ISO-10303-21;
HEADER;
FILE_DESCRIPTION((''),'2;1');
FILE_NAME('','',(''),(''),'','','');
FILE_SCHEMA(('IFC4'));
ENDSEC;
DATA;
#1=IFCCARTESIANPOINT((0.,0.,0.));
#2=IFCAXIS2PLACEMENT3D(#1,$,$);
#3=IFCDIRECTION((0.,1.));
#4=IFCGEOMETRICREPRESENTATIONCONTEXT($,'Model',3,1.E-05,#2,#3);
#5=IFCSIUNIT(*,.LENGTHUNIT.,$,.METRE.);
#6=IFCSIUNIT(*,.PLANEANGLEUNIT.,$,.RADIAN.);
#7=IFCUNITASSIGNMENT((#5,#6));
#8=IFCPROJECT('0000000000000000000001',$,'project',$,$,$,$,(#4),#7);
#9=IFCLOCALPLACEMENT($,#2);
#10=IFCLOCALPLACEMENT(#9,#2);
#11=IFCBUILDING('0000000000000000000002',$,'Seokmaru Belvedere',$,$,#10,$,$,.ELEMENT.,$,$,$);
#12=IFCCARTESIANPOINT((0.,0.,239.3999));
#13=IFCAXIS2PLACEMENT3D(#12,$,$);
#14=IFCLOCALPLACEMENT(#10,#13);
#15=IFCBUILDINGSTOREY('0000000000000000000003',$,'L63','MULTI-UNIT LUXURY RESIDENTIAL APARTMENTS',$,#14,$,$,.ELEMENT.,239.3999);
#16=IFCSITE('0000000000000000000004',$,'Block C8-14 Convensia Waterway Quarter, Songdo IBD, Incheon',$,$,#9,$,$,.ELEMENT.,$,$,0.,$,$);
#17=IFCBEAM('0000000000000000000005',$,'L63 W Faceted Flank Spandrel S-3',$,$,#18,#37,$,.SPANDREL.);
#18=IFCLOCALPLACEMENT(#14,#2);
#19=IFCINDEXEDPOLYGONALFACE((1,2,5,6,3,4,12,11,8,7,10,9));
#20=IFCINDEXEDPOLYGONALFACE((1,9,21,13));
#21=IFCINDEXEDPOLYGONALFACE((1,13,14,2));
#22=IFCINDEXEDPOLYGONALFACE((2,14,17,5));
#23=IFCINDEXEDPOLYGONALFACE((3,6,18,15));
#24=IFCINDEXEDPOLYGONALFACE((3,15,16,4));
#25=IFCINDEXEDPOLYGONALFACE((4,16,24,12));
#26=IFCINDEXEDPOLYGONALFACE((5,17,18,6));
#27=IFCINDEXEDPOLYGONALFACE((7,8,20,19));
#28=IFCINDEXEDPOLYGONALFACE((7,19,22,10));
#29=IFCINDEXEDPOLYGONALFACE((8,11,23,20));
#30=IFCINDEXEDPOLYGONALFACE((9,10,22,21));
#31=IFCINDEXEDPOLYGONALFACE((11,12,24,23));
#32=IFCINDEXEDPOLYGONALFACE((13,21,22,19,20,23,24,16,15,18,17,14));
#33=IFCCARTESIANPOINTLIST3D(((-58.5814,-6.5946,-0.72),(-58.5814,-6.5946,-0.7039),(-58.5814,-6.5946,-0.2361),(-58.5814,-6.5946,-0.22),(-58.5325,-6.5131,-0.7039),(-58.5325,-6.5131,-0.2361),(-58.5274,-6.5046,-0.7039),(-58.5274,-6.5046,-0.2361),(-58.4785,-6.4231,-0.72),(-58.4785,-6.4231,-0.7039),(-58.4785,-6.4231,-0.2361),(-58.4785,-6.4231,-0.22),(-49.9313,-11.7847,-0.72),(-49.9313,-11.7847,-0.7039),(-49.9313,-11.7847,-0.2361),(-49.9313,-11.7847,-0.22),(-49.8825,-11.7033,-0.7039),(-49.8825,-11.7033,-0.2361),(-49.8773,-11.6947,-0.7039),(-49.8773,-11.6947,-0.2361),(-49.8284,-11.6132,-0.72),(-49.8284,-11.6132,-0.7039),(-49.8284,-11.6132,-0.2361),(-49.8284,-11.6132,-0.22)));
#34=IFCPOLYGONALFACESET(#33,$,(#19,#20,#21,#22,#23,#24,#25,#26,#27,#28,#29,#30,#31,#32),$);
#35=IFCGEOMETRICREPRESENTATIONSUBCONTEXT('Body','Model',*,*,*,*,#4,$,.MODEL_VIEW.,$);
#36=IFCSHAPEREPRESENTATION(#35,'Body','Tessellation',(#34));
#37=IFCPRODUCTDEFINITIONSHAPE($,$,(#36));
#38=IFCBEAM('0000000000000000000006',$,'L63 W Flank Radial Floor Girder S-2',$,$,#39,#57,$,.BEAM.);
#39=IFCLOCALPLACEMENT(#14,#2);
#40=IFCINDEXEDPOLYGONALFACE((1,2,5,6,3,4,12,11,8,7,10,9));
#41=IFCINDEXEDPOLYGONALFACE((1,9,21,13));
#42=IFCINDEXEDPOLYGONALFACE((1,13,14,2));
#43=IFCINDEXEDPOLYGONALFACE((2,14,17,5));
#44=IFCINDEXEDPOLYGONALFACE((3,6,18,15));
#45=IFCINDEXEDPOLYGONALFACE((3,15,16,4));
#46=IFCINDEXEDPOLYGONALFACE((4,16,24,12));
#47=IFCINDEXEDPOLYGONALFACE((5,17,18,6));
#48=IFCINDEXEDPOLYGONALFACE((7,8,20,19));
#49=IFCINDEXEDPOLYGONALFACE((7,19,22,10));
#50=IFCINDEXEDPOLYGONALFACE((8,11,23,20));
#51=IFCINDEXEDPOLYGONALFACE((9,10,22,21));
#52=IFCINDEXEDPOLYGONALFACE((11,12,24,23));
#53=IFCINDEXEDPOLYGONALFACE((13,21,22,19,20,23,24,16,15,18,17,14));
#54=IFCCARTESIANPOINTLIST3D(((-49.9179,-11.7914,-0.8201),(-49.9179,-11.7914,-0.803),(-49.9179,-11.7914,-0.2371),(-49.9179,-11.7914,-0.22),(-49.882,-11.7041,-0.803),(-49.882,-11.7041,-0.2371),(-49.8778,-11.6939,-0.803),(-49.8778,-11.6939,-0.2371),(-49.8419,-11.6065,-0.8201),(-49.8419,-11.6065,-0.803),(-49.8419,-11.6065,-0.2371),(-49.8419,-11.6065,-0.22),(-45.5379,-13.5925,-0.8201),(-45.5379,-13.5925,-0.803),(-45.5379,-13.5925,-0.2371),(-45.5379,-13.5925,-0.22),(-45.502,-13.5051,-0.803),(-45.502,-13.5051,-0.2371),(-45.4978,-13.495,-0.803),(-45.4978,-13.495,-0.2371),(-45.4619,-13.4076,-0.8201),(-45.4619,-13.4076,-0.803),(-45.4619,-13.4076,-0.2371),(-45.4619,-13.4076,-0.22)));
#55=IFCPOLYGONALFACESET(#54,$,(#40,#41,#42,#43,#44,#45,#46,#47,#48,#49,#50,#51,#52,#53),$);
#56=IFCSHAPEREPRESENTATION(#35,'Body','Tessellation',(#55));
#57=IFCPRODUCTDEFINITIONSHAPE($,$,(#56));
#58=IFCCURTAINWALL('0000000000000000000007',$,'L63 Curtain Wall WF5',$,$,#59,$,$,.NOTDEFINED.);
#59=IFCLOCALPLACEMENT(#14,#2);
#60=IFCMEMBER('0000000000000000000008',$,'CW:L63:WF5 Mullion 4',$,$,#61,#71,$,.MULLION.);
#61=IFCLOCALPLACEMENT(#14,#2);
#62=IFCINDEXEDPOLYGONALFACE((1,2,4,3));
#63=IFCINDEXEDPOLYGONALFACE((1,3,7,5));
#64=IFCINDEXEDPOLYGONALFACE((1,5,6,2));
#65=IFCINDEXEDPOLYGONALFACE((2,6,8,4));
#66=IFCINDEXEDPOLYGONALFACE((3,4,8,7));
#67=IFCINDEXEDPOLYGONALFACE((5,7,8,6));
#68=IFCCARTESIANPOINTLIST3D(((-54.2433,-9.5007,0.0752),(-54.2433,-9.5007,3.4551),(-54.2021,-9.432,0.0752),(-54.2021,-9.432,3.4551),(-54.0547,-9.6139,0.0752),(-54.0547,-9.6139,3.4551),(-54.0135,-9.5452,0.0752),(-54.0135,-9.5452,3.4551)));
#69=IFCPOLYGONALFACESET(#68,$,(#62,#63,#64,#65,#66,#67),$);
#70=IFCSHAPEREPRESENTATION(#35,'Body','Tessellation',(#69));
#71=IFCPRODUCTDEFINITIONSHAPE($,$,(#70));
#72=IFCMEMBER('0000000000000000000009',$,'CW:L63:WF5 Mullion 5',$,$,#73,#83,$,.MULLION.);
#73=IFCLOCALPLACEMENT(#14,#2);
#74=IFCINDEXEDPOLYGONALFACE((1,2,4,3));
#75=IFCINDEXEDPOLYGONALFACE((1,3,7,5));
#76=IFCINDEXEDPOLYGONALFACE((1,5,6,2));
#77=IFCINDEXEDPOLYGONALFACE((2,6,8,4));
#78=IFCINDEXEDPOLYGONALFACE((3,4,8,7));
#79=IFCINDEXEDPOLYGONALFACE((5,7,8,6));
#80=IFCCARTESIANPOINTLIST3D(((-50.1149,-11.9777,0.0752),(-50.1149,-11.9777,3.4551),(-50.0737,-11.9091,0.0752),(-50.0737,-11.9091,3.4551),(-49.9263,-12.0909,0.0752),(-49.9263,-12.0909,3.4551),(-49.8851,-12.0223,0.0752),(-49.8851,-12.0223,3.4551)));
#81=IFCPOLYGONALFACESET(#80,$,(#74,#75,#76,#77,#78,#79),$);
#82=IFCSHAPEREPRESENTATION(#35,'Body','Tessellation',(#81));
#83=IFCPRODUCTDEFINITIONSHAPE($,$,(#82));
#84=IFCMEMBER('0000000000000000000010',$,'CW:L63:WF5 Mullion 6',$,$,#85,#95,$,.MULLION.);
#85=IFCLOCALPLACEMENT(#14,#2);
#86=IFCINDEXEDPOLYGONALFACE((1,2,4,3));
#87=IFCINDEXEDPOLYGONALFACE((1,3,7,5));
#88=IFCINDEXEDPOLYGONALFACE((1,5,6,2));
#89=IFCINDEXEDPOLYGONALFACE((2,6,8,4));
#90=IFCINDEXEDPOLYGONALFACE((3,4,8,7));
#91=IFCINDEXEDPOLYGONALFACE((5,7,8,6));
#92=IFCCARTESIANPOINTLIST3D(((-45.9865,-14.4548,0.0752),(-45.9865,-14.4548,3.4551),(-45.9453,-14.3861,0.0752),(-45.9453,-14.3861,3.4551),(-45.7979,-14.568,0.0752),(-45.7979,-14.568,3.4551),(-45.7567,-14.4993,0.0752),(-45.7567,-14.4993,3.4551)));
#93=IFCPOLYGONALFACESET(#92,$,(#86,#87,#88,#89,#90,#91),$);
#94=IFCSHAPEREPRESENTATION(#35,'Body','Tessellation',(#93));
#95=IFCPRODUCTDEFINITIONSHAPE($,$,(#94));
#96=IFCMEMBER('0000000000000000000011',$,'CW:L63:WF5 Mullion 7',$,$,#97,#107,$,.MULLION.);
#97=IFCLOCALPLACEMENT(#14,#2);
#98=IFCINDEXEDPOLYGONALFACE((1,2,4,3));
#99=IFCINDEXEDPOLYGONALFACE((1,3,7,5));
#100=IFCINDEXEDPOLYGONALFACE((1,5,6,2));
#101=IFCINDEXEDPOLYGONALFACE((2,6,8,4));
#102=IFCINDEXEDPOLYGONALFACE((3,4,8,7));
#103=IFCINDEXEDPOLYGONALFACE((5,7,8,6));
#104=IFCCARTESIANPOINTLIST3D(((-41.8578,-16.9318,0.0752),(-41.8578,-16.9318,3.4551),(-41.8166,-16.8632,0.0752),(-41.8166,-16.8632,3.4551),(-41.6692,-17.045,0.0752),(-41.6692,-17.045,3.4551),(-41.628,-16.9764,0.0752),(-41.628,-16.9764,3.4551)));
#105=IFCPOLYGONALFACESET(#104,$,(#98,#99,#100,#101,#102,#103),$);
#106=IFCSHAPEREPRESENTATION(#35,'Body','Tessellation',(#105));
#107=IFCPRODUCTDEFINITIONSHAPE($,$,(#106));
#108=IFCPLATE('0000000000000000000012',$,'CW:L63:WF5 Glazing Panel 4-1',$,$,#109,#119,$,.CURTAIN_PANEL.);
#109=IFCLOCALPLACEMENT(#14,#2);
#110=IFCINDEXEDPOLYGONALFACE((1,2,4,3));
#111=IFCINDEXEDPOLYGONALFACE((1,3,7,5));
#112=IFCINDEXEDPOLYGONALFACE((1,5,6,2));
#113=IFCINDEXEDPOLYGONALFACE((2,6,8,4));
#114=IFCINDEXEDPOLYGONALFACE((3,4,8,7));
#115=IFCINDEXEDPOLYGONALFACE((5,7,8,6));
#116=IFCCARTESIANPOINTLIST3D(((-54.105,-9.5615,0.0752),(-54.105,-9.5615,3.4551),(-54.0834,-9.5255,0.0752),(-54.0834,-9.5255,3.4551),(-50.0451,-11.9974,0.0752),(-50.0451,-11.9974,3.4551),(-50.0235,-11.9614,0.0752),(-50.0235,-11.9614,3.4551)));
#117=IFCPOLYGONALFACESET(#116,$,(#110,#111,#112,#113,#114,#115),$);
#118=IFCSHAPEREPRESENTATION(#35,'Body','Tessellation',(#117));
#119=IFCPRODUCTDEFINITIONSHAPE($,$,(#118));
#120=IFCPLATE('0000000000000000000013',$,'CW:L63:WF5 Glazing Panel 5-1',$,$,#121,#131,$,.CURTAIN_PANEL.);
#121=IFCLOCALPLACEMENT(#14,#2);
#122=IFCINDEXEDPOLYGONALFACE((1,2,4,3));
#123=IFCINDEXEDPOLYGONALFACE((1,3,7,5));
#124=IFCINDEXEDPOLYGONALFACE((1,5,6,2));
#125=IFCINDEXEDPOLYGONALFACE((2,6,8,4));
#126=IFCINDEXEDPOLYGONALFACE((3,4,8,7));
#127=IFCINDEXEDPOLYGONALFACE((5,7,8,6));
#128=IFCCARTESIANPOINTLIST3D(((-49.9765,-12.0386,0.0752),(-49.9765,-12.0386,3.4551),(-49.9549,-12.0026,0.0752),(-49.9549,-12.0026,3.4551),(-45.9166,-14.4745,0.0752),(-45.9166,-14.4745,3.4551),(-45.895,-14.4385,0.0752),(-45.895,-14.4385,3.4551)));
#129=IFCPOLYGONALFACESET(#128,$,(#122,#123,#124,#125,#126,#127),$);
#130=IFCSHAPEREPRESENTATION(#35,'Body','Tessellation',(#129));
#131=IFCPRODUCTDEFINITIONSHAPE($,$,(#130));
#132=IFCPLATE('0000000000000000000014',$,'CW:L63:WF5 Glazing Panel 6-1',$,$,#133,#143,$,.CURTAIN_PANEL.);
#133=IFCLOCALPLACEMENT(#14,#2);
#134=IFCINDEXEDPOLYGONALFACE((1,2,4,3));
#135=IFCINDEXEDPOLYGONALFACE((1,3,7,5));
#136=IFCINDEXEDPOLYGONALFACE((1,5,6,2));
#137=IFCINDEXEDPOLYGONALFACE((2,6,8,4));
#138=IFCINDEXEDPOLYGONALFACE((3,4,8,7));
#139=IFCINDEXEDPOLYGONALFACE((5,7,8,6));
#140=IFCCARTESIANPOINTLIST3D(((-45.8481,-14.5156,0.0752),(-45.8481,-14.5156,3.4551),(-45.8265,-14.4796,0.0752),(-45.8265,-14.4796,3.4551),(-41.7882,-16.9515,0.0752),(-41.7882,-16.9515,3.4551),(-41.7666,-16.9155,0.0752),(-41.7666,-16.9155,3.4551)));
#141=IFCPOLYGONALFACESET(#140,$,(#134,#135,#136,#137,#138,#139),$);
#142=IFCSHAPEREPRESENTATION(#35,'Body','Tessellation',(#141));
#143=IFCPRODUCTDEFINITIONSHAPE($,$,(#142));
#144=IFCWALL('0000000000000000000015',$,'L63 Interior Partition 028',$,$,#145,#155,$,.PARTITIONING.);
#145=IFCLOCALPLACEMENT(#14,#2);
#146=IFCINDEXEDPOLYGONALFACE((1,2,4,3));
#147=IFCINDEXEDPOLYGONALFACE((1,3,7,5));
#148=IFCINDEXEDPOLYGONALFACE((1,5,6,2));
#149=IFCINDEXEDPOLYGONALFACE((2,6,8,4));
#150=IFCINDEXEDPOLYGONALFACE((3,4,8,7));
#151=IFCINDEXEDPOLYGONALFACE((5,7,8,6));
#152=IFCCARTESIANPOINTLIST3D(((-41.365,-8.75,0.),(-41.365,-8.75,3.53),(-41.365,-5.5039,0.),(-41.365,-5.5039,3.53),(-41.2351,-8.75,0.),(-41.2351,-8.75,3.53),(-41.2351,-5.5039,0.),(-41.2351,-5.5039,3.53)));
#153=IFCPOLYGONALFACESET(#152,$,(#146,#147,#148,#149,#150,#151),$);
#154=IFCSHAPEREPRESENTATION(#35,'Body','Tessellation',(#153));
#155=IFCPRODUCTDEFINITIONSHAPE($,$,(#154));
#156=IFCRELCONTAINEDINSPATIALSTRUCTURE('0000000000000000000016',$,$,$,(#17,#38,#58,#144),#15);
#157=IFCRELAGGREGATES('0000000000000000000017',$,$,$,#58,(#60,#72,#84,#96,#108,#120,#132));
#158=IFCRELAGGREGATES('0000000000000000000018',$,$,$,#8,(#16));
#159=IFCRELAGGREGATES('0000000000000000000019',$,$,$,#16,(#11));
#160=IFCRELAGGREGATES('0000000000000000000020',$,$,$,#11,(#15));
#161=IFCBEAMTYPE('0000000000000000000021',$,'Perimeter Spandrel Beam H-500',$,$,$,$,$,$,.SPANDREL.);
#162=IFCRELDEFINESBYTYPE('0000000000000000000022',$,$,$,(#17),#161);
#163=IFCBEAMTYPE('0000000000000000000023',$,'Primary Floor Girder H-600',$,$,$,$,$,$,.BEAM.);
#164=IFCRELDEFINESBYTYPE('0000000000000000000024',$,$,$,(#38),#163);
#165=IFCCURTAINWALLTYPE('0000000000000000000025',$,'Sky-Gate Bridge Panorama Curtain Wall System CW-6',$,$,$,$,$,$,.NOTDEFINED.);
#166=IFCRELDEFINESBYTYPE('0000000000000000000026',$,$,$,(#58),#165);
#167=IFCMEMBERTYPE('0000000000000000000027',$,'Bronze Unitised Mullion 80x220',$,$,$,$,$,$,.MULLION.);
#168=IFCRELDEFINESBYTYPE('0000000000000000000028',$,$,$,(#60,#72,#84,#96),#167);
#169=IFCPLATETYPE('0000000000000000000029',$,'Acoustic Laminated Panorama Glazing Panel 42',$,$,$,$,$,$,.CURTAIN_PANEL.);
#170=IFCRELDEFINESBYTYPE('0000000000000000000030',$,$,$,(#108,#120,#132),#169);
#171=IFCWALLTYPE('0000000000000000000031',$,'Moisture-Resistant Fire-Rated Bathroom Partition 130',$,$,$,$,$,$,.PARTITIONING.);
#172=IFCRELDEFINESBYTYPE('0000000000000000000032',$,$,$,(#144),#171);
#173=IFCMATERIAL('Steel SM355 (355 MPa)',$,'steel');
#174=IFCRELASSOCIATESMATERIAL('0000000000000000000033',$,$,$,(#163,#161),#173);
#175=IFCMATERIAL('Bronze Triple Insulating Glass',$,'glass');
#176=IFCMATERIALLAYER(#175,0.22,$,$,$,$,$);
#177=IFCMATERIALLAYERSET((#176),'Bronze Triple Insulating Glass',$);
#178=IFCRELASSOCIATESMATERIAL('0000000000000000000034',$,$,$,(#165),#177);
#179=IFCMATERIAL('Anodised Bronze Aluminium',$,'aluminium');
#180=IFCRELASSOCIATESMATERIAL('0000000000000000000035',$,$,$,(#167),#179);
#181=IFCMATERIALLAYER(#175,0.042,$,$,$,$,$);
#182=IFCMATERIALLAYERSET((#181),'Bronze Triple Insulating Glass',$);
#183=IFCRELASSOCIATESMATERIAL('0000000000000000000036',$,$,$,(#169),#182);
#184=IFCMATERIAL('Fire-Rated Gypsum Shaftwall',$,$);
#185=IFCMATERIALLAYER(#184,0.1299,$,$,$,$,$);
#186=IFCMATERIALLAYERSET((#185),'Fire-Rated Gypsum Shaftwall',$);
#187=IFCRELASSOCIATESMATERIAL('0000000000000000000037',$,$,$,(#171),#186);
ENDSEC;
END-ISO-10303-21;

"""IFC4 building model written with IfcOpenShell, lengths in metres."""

from ifc_helpers import new_model, si_unit, direction, frame, frame_2d, origin, origin_2d, place, context, subcontext, project, spatial, rectangle, i_section, extrude, source, transform, mapped, material, layer, layer_set, material_profile, profile_set, type_object, type_shapes, element, aggregate, save


model = new_model("IFC4")

# Units and contexts
model_context = context("Model", 3, precision=1e-05, world=origin(), true_north=direction((0.0, 1.0)))
body_context = subcontext(model_context, "Body", "Model", "MODEL_VIEW")
ifc_project = project(units=[si_unit("LENGTHUNIT", "METRE"), si_unit("PLANEANGLEUNIT", "RADIAN")], contexts=[model_context])

# Site, building, storey
site_placement = place(None, origin())
site = spatial("IfcSite", under=ifc_project, at=site_placement, Name="Block C8-14 Convensia Waterway Quarter, Songdo IBD, Incheon", CompositionType="ELEMENT", RefElevation=0.0)
building_placement = place(site_placement, origin())
building = spatial("IfcBuilding", under=site, at=building_placement, Name="Seokmaru Belvedere", CompositionType="ELEMENT")
storey_placement = place(building_placement, frame((0.0, 0.0, 239.3999)))
storey = spatial("IfcBuildingStorey", under=building, at=storey_placement, Name="L63", Description="MULTI-UNIT LUXURY RESIDENTIAL APARTMENTS", CompositionType="ELEMENT", Elevation=239.3999)

# Shared definitions
ifc_material_1 = material(Name="Steel SM355 (355 MPa)", Category="steel")

# Beams
ifc_material_profile_1 = material_profile(ifc_material_1, i_section(OverallWidth=0.2, OverallDepth=0.6001, WebThickness=0.011, FlangeThickness=0.0171, at=origin_2d()), Name="H-600x200x11x17")
ifc_profile_set_1 = profile_set([ifc_material_profile_1], Name="Steel SM355 (355 MPa)")
beam_type_1 = type_object("IfcBeamType", Name="Primary Floor Girder H-600", PredefinedType="BEAM", material=ifc_profile_set_1)
ifc_material_profile_2 = material_profile(ifc_material_1, i_section(OverallWidth=0.2, OverallDepth=0.5, WebThickness=0.01, FlangeThickness=0.0161, at=origin_2d()), Name="H-500x200x10x16")
ifc_profile_set_2 = profile_set([ifc_material_profile_2], Name="Steel SM355 (355 MPa)")
beam_type_2 = type_object("IfcBeamType", Name="Perimeter Spandrel Beam H-500", PredefinedType="SPANDREL", material=ifc_profile_set_2)
shared_shape_1 = source(origin(), body_context, "Body", "SweptSolid", [
    extrude(i_section(OverallWidth=0.2, OverallDepth=0.5, WebThickness=0.01, FlangeThickness=0.0161, at=origin_2d()), origin(), (0.0, 0.0, 1.0), 10.0876),
])
type_shapes(beam_type_2, [shared_shape_1])
beam_1_placement = place(storey_placement, frame((-49.8799, -11.699, -0.47), z_axis=(-0.857489, 0.514503, 0.0), x_axis=(-0.514503, -0.857489, 0.0)))
element("IfcBeam", 1, at=beam_1_placement, inside=storey, type_object=beam_type_2, Name="L63 W Faceted Flank Spandrel S-3", PredefinedType="SPANDREL", context=body_context, shape_type="MappedRepresentation", body=[
    mapped(shared_shape_1, transform((0.0, 0.0, 0.0), scale=1.0)),
])
shared_shape_2 = source(origin(), body_context, "Body", "SweptSolid", [
    extrude(i_section(OverallWidth=0.2, OverallDepth=0.6001, WebThickness=0.011, FlangeThickness=0.0171, at=origin_2d()), origin(), (0.0, 0.0, 1.0), 4.7358),
])
beam_2_placement = place(storey_placement, frame((-49.8799, -11.699, -0.52), z_axis=(0.924861, -0.380306, 0.0), x_axis=(0.380306, 0.924861, 0.0)))
element("IfcBeam", 2, at=beam_2_placement, inside=storey, type_object=beam_type_1, Name="L63 W Flank Radial Floor Girder S-2", PredefinedType="BEAM", context=body_context, shape_type="MappedRepresentation", body=[
    mapped(shared_shape_2, transform((0.0, 0.0, 0.0), scale=1.0)),
])

# Curtain wall, members, plates
ifc_material_2 = material(Name="Bronze Triple Insulating Glass", Category="glass")
ifc_layer_1 = layer(ifc_material_2, 0.22)
ifc_layer_set_1 = layer_set([ifc_layer_1], Name="Bronze Triple Insulating Glass")
curtain_wall_type = type_object("IfcCurtainWallType", Name="Sky-Gate Bridge Panorama Curtain Wall System CW-6", PredefinedType="NOTDEFINED", material=ifc_layer_set_1)
curtain_wall_placement = place(storey_placement, origin())
curtain_wall = element("IfcCurtainWall", 3, at=curtain_wall_placement, inside=storey, type_object=curtain_wall_type, Name="L63 Curtain Wall WF5", PredefinedType="NOTDEFINED")
ifc_material_3 = material(Name="Anodised Bronze Aluminium", Category="aluminium")
ifc_material_profile_3 = material_profile(ifc_material_3, rectangle(XDim=0.0801, YDim=0.22, at=origin_2d()), Name="CW-M-80x220")
ifc_profile_set_3 = profile_set([ifc_material_profile_3], Name="Anodised Bronze Aluminium")
member_type = type_object("IfcMemberType", Name="Bronze Unitised Mullion 80x220", PredefinedType="MULLION", material=ifc_profile_set_3)
shared_shape_3 = source(origin(), body_context, "Body", "SweptSolid", [
    extrude(rectangle(XDim=0.0801, YDim=0.22, at=origin_2d()), origin(), (0.0, 0.0, 1.0), 3.3799),
])
type_shapes(member_type, [shared_shape_3])
member_1_placement = place(storey_placement, frame((-54.1284, -9.5229, 0.0752), z_axis=(0.0, 0.0, 1.0), x_axis=(0.514495, 0.857493, 0.0)))
member_1 = element("IfcMember", 4, at=member_1_placement, type_object=member_type, Name="CW:L63:WF5 Mullion 4", PredefinedType="MULLION", context=body_context, shape_type="MappedRepresentation", body=[
    mapped(shared_shape_3, transform((0.0, 0.0, 0.0), scale=1.0)),
])
member_2_placement = place(storey_placement, frame((-50.0, -12.0, 0.0752), z_axis=(0.0, 0.0, 1.0), x_axis=(0.514495, 0.857493, 0.0)))
member_2 = element("IfcMember", 5, at=member_2_placement, type_object=member_type, Name="CW:L63:WF5 Mullion 5", PredefinedType="MULLION", context=body_context, shape_type="MappedRepresentation", body=[
    mapped(shared_shape_3, transform((0.0, 0.0, 0.0), scale=1.0)),
])
member_3_placement = place(storey_placement, frame((-45.8716, -14.4771, 0.0752), z_axis=(0.0, 0.0, 1.0), x_axis=(0.514495, 0.857493, 0.0)))
member_3 = element("IfcMember", 6, at=member_3_placement, type_object=member_type, Name="CW:L63:WF5 Mullion 6", PredefinedType="MULLION", context=body_context, shape_type="MappedRepresentation", body=[
    mapped(shared_shape_3, transform((0.0, 0.0, 0.0), scale=1.0)),
])
member_4_placement = place(storey_placement, frame((-41.7429, -16.9541, 0.0752), z_axis=(0.0, 0.0, 1.0), x_axis=(0.514495, 0.857493, 0.0)))
member_4 = element("IfcMember", 7, at=member_4_placement, type_object=member_type, Name="CW:L63:WF5 Mullion 7", PredefinedType="MULLION", context=body_context, shape_type="MappedRepresentation", body=[
    mapped(shared_shape_3, transform((0.0, 0.0, 0.0), scale=1.0)),
])
ifc_layer_2 = layer(ifc_material_2, 0.042)
ifc_layer_set_2 = layer_set([ifc_layer_2], Name="Bronze Triple Insulating Glass")
plate_type = type_object("IfcPlateType", Name="Acoustic Laminated Panorama Glazing Panel 42", PredefinedType="CURTAIN_PANEL", material=ifc_layer_set_2)
shared_shape_4 = source(origin(), body_context, "Body", "SweptSolid", [
    extrude(rectangle(XDim=4.7346, YDim=0.042, at=origin_2d()), origin(), (0.0, 0.0, 1.0), 3.3799),
])
type_shapes(plate_type, [shared_shape_4])
plate_1_placement = place(storey_placement, frame((-52.0642, -10.7615, 0.0752), z_axis=(0.0, 0.0, 1.0), x_axis=(0.857493, -0.514495, 0.0)))
plate_1 = element("IfcPlate", 8, at=plate_1_placement, type_object=plate_type, Name="CW:L63:WF5 Glazing Panel 4-1", PredefinedType="CURTAIN_PANEL", context=body_context, shape_type="MappedRepresentation", body=[
    mapped(shared_shape_4, transform((0.0, 0.0, 0.0), scale=1.0)),
])
plate_2_placement = place(storey_placement, frame((-47.9358, -13.2385, 0.0752), z_axis=(0.0, 0.0, 1.0), x_axis=(0.857493, -0.514495, 0.0)))
plate_2 = element("IfcPlate", 9, at=plate_2_placement, type_object=plate_type, Name="CW:L63:WF5 Glazing Panel 5-1", PredefinedType="CURTAIN_PANEL", context=body_context, shape_type="MappedRepresentation", body=[
    mapped(shared_shape_4, transform((0.0, 0.0, 0.0), scale=1.0)),
])
plate_3_placement = place(storey_placement, frame((-43.8074, -15.7156, 0.0752), z_axis=(0.0, 0.0, 1.0), x_axis=(0.857493, -0.514495, 0.0)))
plate_3 = element("IfcPlate", 10, at=plate_3_placement, type_object=plate_type, Name="CW:L63:WF5 Glazing Panel 6-1", PredefinedType="CURTAIN_PANEL", context=body_context, shape_type="MappedRepresentation", body=[
    mapped(shared_shape_4, transform((0.0, 0.0, 0.0), scale=1.0)),
])
aggregate(curtain_wall, [member_1, member_2, member_3, member_4, plate_1, plate_2, plate_3])

# Shared definitions
ifc_material_4 = material(Name="Fire-Rated Gypsum Shaftwall")

# Wall
ifc_layer_3 = layer(ifc_material_4, 0.1299)
ifc_layer_set_3 = layer_set([ifc_layer_3], Name="Fire-Rated Gypsum Shaftwall")
wall_type_1 = type_object("IfcWallType", Name="Moisture-Resistant Fire-Rated Bathroom Partition 130", PredefinedType="PARTITIONING", material=ifc_layer_set_3)
wall_1_placement = place(storey_placement, frame((-41.3, -8.75, 0.0), z_axis=(0.0, 0.0, 1.0), x_axis=(0.0, 1.0, 0.0)))
element("IfcWall", 11, at=wall_1_placement, inside=storey, type_object=wall_type_1, Name="L63 Interior Partition 028", PredefinedType="PARTITIONING", context=body_context, shape_type="SweptSolid", body=[
    extrude(rectangle(XDim=3.2461, YDim=0.1299, at=frame_2d((1.623, 0.0))), origin(), (0.0, 0.0, 1.0), 3.53),
])

save(model, "model.ifc")
